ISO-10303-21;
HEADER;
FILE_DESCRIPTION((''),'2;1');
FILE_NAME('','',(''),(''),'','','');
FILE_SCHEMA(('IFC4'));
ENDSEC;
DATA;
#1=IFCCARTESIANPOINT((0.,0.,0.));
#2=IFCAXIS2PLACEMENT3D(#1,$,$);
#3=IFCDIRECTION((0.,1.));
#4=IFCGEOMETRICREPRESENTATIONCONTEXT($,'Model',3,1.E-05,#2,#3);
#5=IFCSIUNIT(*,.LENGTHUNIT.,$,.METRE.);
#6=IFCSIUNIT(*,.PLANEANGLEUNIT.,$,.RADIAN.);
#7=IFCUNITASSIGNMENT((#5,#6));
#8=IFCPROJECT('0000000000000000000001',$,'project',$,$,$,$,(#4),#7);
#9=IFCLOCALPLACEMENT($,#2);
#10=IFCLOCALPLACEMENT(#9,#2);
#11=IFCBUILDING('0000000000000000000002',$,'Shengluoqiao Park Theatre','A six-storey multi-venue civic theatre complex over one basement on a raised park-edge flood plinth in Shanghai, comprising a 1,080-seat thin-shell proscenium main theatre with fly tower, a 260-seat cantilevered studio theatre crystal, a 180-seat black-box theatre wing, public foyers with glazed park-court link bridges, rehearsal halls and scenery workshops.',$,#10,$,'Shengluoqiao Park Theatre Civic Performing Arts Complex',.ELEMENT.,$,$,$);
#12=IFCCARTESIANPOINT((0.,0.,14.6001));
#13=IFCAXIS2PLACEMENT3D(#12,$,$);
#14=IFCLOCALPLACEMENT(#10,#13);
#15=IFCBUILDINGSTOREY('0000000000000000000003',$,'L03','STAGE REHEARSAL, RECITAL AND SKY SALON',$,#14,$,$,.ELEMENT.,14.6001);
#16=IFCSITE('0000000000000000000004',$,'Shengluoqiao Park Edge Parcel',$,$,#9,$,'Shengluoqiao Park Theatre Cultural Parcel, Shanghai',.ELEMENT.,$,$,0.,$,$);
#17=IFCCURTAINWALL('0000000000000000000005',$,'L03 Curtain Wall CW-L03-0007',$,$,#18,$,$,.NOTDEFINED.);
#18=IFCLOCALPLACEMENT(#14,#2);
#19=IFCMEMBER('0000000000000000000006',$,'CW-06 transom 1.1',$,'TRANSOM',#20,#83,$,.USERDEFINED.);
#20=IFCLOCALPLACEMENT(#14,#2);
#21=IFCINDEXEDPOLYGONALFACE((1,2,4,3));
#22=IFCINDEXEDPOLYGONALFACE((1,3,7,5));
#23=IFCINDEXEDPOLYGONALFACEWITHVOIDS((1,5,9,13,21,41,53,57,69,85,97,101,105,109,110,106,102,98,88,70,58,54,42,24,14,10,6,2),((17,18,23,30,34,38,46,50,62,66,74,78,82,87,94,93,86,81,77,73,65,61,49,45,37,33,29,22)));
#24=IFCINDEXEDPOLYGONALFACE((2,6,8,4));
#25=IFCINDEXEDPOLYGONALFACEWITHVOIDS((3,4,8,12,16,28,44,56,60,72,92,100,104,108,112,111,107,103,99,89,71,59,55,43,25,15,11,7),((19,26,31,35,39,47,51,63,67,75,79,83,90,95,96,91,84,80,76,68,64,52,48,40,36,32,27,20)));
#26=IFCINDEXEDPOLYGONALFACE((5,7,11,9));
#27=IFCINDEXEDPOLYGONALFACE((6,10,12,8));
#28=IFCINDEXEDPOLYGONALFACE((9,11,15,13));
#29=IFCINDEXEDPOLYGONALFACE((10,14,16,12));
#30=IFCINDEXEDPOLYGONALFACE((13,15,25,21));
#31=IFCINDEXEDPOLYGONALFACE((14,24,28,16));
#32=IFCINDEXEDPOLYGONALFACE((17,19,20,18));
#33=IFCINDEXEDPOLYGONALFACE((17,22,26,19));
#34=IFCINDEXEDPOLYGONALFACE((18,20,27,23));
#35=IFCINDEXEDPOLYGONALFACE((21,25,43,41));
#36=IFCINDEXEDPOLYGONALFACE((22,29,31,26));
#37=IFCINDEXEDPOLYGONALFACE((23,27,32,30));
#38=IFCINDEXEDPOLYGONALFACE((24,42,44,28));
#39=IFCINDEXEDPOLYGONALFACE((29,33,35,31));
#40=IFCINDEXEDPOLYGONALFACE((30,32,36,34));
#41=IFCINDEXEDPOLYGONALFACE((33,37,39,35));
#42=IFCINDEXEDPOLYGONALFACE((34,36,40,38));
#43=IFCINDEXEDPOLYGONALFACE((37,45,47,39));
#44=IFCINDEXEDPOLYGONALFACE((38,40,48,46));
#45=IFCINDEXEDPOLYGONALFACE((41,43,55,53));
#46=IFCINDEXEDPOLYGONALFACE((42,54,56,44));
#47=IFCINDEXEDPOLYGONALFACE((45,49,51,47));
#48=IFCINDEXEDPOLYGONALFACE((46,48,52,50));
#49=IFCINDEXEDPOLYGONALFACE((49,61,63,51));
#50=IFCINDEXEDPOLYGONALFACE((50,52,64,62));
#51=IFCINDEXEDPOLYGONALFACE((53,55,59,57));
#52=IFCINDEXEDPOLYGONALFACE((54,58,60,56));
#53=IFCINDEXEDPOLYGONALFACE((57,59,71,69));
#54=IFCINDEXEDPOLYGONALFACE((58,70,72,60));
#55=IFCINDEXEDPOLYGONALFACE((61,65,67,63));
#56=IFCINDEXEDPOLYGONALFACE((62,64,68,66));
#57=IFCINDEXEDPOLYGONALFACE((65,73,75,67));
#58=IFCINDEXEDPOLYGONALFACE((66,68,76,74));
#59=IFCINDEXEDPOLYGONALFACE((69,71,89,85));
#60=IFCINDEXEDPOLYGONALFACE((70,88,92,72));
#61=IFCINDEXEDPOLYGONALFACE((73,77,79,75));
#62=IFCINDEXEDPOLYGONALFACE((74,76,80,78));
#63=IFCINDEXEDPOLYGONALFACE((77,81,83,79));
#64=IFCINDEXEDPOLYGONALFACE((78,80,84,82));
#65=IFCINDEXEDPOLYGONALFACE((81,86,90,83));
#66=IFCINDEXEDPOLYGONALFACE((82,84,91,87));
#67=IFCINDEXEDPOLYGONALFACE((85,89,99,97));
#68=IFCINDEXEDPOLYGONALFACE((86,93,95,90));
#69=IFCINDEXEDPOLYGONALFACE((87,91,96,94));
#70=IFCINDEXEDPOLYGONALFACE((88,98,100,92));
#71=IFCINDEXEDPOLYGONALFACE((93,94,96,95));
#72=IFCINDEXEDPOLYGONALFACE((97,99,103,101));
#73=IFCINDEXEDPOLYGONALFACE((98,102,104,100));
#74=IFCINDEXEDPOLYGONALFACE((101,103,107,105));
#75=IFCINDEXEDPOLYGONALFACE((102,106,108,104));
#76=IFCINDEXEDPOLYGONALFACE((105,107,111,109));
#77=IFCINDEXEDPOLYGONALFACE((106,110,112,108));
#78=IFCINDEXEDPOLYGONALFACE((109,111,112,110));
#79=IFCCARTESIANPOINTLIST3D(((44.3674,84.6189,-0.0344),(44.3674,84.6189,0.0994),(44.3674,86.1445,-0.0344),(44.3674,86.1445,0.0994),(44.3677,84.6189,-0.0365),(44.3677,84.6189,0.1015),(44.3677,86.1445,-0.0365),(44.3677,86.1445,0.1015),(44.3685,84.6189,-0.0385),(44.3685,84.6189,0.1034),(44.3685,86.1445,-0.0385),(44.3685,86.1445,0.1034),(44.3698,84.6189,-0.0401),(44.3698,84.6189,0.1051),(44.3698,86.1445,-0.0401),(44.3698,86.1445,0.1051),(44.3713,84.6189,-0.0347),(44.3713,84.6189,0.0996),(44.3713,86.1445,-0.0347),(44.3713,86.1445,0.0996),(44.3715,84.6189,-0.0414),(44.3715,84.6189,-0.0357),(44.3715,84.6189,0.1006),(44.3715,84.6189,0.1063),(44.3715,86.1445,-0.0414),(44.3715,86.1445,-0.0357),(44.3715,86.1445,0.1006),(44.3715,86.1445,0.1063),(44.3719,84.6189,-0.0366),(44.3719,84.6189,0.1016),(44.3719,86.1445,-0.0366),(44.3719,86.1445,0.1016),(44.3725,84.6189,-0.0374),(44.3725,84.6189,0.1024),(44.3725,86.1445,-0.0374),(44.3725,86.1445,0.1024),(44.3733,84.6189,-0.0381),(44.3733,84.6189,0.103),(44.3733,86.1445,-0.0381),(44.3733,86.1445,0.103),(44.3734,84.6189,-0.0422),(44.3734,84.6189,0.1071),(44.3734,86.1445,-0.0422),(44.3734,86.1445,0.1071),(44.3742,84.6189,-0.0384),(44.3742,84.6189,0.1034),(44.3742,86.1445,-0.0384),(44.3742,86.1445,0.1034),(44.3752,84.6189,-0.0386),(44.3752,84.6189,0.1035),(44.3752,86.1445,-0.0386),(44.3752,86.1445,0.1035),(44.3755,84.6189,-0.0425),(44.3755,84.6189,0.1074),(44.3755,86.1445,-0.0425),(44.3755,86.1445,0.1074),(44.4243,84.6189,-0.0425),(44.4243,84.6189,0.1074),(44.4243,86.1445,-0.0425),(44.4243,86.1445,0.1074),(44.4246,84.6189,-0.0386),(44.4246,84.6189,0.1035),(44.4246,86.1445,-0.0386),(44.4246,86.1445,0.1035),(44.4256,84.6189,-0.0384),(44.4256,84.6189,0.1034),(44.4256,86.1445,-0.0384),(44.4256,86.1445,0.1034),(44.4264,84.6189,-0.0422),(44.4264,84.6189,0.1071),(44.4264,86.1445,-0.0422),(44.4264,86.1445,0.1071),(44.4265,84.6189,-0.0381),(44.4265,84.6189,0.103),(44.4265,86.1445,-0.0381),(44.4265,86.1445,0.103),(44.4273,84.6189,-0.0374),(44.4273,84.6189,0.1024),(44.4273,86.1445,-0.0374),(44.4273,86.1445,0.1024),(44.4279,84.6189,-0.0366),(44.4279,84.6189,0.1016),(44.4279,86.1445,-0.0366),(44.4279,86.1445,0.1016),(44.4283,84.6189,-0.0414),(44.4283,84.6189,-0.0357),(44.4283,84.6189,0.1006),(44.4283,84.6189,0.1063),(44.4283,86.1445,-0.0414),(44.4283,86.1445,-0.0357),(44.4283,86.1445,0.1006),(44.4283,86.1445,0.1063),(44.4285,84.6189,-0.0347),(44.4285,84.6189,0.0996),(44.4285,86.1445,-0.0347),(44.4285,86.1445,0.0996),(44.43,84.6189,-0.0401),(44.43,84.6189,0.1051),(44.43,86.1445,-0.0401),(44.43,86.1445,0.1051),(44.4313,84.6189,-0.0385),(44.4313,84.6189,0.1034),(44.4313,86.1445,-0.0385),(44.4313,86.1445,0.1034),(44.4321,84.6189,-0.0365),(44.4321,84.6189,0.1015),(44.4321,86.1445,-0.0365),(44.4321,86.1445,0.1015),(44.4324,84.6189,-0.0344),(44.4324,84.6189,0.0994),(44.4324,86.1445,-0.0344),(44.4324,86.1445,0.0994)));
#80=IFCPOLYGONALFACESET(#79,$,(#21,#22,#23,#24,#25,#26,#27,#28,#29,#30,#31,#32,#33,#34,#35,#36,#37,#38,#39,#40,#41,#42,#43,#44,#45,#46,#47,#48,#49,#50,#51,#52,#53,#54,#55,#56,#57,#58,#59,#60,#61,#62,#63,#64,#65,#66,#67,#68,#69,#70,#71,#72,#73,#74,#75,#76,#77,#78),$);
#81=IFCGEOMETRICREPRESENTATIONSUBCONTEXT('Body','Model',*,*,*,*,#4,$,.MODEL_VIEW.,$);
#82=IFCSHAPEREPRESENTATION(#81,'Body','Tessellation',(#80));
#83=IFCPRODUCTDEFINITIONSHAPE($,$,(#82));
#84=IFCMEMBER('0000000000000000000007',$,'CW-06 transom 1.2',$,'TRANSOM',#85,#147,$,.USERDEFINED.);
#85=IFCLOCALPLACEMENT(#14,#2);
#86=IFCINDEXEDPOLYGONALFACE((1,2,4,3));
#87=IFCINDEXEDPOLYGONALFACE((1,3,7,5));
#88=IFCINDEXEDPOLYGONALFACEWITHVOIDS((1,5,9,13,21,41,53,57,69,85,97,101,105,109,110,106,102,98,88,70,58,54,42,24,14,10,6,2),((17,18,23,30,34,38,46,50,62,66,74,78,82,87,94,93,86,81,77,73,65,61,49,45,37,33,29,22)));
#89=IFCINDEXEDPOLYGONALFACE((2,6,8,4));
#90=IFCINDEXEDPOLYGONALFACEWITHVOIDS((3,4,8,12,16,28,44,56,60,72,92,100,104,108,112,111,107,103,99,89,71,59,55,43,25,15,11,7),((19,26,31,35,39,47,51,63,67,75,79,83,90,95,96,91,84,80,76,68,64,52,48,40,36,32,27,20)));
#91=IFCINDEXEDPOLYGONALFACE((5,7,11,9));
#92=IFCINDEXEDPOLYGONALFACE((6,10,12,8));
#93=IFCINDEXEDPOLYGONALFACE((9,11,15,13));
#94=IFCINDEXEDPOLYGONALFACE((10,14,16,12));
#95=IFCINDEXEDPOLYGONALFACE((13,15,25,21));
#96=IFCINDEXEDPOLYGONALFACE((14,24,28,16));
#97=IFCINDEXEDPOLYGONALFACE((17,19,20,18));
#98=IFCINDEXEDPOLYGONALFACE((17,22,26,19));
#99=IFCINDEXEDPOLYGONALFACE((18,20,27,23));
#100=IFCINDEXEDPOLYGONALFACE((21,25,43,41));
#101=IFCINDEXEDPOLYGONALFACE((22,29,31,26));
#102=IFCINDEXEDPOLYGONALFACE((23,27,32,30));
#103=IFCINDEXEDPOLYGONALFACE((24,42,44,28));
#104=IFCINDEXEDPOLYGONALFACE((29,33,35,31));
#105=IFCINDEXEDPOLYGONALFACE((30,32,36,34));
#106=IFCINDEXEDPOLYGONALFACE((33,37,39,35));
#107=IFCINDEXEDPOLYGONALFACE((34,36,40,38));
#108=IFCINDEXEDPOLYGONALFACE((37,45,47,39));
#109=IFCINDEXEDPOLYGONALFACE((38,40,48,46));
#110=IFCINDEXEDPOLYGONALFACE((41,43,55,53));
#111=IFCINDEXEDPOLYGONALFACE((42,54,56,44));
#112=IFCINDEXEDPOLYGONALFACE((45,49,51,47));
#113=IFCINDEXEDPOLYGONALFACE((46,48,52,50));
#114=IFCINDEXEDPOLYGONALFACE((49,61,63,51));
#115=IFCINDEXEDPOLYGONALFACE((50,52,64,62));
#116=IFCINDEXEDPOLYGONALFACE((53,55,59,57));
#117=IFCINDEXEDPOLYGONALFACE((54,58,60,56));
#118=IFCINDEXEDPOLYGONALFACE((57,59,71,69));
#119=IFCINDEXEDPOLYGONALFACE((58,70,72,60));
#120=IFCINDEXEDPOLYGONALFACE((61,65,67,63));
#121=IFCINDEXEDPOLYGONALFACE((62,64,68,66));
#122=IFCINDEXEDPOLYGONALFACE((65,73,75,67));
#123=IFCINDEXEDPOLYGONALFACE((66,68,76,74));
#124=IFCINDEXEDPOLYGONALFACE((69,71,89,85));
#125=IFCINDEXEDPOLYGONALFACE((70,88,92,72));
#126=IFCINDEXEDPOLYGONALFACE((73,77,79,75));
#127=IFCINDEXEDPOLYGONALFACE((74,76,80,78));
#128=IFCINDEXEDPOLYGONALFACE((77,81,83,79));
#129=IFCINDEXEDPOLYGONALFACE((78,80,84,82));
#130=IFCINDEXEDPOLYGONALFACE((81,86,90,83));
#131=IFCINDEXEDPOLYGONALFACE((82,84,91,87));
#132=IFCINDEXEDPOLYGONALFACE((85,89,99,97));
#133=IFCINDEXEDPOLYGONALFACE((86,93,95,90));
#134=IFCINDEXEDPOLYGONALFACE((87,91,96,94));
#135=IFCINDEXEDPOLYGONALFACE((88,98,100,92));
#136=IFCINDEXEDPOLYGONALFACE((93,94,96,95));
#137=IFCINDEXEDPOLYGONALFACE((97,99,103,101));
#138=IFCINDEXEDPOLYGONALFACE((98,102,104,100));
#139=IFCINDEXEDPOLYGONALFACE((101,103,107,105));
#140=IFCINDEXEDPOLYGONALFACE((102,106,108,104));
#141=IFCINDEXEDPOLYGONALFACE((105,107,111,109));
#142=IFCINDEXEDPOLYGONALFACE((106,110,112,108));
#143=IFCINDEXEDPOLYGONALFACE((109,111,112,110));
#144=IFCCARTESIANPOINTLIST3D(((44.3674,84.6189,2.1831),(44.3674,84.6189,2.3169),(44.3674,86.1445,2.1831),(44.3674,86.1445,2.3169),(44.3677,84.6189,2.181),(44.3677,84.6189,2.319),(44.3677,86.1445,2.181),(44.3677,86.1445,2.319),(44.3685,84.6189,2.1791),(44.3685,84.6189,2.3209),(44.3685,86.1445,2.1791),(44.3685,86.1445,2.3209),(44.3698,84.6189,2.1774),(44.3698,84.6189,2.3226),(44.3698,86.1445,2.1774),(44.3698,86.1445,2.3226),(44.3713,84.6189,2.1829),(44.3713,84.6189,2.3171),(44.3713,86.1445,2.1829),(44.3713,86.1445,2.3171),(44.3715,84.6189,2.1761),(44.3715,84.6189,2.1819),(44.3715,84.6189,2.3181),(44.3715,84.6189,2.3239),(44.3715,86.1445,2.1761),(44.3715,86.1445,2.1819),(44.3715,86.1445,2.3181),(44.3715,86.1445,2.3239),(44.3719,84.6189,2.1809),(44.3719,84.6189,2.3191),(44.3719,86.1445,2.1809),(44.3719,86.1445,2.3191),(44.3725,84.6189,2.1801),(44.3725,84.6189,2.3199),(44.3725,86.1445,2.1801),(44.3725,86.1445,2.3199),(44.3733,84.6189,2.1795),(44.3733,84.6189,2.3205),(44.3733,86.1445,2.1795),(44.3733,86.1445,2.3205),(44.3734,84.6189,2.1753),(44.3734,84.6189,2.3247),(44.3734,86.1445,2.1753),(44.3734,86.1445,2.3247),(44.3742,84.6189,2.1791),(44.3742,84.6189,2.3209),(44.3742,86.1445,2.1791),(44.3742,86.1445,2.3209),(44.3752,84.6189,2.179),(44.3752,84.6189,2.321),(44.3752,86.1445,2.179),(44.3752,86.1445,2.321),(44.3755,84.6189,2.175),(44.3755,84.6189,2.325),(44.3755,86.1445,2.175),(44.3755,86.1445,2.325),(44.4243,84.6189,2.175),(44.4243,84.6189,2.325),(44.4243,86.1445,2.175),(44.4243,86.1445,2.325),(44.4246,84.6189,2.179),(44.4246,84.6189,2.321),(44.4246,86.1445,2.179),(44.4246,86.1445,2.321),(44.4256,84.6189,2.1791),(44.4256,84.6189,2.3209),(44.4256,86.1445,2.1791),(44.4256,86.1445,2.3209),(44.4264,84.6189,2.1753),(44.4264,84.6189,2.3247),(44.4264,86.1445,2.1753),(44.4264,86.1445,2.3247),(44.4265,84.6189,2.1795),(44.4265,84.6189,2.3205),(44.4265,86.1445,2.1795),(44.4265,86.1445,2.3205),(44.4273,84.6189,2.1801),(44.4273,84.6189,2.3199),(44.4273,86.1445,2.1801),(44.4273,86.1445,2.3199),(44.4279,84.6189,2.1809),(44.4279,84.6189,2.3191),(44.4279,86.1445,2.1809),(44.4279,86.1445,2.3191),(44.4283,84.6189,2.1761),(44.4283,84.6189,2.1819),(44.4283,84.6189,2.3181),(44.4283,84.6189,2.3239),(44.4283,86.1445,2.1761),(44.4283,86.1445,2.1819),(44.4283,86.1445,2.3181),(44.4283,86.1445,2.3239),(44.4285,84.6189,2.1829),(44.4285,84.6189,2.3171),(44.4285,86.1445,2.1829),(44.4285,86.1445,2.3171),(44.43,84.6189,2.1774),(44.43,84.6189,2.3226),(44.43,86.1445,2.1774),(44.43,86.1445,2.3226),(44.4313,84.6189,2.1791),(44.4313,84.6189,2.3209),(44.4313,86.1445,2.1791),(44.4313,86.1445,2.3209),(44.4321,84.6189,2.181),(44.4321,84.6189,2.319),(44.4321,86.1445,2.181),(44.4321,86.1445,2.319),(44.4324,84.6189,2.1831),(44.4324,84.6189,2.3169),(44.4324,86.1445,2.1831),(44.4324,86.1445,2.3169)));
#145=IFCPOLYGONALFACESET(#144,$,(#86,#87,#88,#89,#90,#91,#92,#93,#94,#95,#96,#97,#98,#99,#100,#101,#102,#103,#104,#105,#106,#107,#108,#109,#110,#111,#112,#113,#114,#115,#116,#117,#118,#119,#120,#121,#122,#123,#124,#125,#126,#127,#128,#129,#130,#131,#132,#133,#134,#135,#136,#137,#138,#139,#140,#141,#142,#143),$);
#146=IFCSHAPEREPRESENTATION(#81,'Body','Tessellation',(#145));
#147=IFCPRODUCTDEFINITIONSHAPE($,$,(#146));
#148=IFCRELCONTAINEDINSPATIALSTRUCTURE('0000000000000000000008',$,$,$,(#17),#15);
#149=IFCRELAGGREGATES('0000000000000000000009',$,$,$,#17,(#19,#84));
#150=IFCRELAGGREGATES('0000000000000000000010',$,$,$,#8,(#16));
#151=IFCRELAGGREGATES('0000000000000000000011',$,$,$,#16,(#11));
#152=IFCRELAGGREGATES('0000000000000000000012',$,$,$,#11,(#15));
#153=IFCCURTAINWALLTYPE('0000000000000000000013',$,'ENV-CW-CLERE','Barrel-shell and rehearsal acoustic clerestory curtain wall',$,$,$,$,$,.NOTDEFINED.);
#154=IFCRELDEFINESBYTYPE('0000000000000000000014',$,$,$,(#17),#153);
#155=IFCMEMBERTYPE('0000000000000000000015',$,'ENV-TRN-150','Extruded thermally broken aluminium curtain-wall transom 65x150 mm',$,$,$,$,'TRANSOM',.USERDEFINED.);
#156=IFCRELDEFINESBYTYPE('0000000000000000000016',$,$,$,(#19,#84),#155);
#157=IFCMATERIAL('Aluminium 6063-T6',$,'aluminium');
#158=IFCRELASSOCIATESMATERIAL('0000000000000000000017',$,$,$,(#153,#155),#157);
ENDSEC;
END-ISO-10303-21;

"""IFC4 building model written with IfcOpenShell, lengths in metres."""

from ifc_helpers import new_model, si_unit, direction, frame, origin, origin_2d, place, context, subcontext, project, spatial, hollow_rectangle, extrude, material, material_profile, profile_set, type_object, element, aggregate, save


model = new_model("IFC4")

# Units and contexts
model_context = context("Model", 3, precision=1e-05, world=origin(), true_north=direction((0.0, 1.0)))
body_context = subcontext(model_context, "Body", "Model", "MODEL_VIEW")
ifc_project = project(units=[si_unit("LENGTHUNIT", "METRE"), si_unit("PLANEANGLEUNIT", "RADIAN")], contexts=[model_context])

# Site, building, storey
site_placement = place(None, origin())
site = spatial("IfcSite", under=ifc_project, at=site_placement, Name="Shengluoqiao Park Edge Parcel", LongName="Shengluoqiao Park Theatre Cultural Parcel, Shanghai", CompositionType="ELEMENT", RefElevation=0.0)
building_placement = place(site_placement, origin())
building = spatial("IfcBuilding", under=site, at=building_placement, Name="Shengluoqiao Park Theatre", Description="A six-storey multi-venue civic theatre complex over one basement on a raised park-edge flood plinth in Shanghai, comprising a 1,080-seat thin-shell proscenium main theatre with fly tower, a 260-seat cantilevered studio theatre crystal, a 180-seat black-box theatre wing, public foyers with glazed park-court link bridges, rehearsal halls and scenery workshops.", LongName="Shengluoqiao Park Theatre Civic Performing Arts Complex", CompositionType="ELEMENT")
storey_placement = place(building_placement, frame((0.0, 0.0, 14.6001)))
storey = spatial("IfcBuildingStorey", under=building, at=storey_placement, Name="L03", Description="STAGE REHEARSAL, RECITAL AND SKY SALON", CompositionType="ELEMENT", Elevation=14.6001)

# Curtain wall
ifc_material_1 = material(Name="Aluminium 6063-T6", Category="aluminium")
curtain_wall_type_1 = type_object("IfcCurtainWallType", Name="ENV-CW-CLERE", Description="Barrel-shell and rehearsal acoustic clerestory curtain wall", PredefinedType="NOTDEFINED", material=ifc_material_1)
curtain_wall_1_placement = place(storey_placement, origin())
curtain_wall_1 = element("IfcCurtainWall", 1, at=curtain_wall_1_placement, inside=storey, type_object=curtain_wall_type_1, Name="L03 Curtain Wall CW-L03-0007", PredefinedType="NOTDEFINED")

# Members
ifc_material_profile_1 = material_profile(ifc_material_1, hollow_rectangle(XDim=0.0649, YDim=0.1499, WallThickness=0.0039, InnerFilletRadius=0.0039, OuterFilletRadius=0.0081, at=origin_2d()), Name="ALU TRANSOM 150x65x4")
ifc_profile_set_1 = profile_set([ifc_material_profile_1], Name="Aluminium 6063-T6")
member_type_1 = type_object("IfcMemberType", Name="ENV-TRN-150", Description="Extruded thermally broken aluminium curtain-wall transom 65x150 mm", ElementType="TRANSOM", PredefinedType="USERDEFINED", material=ifc_profile_set_1)
member_1_placement = place(storey_placement, frame((44.3999, 84.6189, 0.0325), z_axis=(0.0, 1.0, 0.0), x_axis=(-1.0, 0.0, 0.0)))
member_1 = element("IfcMember", 2, at=member_1_placement, type_object=member_type_1, Name="CW-06 transom 1.1", ObjectType="TRANSOM", PredefinedType="USERDEFINED", context=body_context, shape_type="SweptSolid", body=[
    extrude(hollow_rectangle(XDim=0.0649, YDim=0.1499, WallThickness=0.0039, InnerFilletRadius=0.0039, OuterFilletRadius=0.0081, at=origin_2d()), origin(), (0.0, 0.0, 1.0), 1.5256),
])
member_2_placement = place(storey_placement, frame((44.3999, 84.6189, 2.25), z_axis=(0.0, 1.0, 0.0), x_axis=(-1.0, 0.0, 0.0)))
member_2 = element("IfcMember", 3, at=member_2_placement, type_object=member_type_1, Name="CW-06 transom 1.2", ObjectType="TRANSOM", PredefinedType="USERDEFINED", context=body_context, shape_type="SweptSolid", body=[
    extrude(hollow_rectangle(XDim=0.0649, YDim=0.1499, WallThickness=0.0039, InnerFilletRadius=0.0039, OuterFilletRadius=0.0081, at=origin_2d()), origin(), (0.0, 0.0, 1.0), 1.5256),
])

aggregate(curtain_wall_1, [member_1, member_2])

save(model, "model.ifc")
